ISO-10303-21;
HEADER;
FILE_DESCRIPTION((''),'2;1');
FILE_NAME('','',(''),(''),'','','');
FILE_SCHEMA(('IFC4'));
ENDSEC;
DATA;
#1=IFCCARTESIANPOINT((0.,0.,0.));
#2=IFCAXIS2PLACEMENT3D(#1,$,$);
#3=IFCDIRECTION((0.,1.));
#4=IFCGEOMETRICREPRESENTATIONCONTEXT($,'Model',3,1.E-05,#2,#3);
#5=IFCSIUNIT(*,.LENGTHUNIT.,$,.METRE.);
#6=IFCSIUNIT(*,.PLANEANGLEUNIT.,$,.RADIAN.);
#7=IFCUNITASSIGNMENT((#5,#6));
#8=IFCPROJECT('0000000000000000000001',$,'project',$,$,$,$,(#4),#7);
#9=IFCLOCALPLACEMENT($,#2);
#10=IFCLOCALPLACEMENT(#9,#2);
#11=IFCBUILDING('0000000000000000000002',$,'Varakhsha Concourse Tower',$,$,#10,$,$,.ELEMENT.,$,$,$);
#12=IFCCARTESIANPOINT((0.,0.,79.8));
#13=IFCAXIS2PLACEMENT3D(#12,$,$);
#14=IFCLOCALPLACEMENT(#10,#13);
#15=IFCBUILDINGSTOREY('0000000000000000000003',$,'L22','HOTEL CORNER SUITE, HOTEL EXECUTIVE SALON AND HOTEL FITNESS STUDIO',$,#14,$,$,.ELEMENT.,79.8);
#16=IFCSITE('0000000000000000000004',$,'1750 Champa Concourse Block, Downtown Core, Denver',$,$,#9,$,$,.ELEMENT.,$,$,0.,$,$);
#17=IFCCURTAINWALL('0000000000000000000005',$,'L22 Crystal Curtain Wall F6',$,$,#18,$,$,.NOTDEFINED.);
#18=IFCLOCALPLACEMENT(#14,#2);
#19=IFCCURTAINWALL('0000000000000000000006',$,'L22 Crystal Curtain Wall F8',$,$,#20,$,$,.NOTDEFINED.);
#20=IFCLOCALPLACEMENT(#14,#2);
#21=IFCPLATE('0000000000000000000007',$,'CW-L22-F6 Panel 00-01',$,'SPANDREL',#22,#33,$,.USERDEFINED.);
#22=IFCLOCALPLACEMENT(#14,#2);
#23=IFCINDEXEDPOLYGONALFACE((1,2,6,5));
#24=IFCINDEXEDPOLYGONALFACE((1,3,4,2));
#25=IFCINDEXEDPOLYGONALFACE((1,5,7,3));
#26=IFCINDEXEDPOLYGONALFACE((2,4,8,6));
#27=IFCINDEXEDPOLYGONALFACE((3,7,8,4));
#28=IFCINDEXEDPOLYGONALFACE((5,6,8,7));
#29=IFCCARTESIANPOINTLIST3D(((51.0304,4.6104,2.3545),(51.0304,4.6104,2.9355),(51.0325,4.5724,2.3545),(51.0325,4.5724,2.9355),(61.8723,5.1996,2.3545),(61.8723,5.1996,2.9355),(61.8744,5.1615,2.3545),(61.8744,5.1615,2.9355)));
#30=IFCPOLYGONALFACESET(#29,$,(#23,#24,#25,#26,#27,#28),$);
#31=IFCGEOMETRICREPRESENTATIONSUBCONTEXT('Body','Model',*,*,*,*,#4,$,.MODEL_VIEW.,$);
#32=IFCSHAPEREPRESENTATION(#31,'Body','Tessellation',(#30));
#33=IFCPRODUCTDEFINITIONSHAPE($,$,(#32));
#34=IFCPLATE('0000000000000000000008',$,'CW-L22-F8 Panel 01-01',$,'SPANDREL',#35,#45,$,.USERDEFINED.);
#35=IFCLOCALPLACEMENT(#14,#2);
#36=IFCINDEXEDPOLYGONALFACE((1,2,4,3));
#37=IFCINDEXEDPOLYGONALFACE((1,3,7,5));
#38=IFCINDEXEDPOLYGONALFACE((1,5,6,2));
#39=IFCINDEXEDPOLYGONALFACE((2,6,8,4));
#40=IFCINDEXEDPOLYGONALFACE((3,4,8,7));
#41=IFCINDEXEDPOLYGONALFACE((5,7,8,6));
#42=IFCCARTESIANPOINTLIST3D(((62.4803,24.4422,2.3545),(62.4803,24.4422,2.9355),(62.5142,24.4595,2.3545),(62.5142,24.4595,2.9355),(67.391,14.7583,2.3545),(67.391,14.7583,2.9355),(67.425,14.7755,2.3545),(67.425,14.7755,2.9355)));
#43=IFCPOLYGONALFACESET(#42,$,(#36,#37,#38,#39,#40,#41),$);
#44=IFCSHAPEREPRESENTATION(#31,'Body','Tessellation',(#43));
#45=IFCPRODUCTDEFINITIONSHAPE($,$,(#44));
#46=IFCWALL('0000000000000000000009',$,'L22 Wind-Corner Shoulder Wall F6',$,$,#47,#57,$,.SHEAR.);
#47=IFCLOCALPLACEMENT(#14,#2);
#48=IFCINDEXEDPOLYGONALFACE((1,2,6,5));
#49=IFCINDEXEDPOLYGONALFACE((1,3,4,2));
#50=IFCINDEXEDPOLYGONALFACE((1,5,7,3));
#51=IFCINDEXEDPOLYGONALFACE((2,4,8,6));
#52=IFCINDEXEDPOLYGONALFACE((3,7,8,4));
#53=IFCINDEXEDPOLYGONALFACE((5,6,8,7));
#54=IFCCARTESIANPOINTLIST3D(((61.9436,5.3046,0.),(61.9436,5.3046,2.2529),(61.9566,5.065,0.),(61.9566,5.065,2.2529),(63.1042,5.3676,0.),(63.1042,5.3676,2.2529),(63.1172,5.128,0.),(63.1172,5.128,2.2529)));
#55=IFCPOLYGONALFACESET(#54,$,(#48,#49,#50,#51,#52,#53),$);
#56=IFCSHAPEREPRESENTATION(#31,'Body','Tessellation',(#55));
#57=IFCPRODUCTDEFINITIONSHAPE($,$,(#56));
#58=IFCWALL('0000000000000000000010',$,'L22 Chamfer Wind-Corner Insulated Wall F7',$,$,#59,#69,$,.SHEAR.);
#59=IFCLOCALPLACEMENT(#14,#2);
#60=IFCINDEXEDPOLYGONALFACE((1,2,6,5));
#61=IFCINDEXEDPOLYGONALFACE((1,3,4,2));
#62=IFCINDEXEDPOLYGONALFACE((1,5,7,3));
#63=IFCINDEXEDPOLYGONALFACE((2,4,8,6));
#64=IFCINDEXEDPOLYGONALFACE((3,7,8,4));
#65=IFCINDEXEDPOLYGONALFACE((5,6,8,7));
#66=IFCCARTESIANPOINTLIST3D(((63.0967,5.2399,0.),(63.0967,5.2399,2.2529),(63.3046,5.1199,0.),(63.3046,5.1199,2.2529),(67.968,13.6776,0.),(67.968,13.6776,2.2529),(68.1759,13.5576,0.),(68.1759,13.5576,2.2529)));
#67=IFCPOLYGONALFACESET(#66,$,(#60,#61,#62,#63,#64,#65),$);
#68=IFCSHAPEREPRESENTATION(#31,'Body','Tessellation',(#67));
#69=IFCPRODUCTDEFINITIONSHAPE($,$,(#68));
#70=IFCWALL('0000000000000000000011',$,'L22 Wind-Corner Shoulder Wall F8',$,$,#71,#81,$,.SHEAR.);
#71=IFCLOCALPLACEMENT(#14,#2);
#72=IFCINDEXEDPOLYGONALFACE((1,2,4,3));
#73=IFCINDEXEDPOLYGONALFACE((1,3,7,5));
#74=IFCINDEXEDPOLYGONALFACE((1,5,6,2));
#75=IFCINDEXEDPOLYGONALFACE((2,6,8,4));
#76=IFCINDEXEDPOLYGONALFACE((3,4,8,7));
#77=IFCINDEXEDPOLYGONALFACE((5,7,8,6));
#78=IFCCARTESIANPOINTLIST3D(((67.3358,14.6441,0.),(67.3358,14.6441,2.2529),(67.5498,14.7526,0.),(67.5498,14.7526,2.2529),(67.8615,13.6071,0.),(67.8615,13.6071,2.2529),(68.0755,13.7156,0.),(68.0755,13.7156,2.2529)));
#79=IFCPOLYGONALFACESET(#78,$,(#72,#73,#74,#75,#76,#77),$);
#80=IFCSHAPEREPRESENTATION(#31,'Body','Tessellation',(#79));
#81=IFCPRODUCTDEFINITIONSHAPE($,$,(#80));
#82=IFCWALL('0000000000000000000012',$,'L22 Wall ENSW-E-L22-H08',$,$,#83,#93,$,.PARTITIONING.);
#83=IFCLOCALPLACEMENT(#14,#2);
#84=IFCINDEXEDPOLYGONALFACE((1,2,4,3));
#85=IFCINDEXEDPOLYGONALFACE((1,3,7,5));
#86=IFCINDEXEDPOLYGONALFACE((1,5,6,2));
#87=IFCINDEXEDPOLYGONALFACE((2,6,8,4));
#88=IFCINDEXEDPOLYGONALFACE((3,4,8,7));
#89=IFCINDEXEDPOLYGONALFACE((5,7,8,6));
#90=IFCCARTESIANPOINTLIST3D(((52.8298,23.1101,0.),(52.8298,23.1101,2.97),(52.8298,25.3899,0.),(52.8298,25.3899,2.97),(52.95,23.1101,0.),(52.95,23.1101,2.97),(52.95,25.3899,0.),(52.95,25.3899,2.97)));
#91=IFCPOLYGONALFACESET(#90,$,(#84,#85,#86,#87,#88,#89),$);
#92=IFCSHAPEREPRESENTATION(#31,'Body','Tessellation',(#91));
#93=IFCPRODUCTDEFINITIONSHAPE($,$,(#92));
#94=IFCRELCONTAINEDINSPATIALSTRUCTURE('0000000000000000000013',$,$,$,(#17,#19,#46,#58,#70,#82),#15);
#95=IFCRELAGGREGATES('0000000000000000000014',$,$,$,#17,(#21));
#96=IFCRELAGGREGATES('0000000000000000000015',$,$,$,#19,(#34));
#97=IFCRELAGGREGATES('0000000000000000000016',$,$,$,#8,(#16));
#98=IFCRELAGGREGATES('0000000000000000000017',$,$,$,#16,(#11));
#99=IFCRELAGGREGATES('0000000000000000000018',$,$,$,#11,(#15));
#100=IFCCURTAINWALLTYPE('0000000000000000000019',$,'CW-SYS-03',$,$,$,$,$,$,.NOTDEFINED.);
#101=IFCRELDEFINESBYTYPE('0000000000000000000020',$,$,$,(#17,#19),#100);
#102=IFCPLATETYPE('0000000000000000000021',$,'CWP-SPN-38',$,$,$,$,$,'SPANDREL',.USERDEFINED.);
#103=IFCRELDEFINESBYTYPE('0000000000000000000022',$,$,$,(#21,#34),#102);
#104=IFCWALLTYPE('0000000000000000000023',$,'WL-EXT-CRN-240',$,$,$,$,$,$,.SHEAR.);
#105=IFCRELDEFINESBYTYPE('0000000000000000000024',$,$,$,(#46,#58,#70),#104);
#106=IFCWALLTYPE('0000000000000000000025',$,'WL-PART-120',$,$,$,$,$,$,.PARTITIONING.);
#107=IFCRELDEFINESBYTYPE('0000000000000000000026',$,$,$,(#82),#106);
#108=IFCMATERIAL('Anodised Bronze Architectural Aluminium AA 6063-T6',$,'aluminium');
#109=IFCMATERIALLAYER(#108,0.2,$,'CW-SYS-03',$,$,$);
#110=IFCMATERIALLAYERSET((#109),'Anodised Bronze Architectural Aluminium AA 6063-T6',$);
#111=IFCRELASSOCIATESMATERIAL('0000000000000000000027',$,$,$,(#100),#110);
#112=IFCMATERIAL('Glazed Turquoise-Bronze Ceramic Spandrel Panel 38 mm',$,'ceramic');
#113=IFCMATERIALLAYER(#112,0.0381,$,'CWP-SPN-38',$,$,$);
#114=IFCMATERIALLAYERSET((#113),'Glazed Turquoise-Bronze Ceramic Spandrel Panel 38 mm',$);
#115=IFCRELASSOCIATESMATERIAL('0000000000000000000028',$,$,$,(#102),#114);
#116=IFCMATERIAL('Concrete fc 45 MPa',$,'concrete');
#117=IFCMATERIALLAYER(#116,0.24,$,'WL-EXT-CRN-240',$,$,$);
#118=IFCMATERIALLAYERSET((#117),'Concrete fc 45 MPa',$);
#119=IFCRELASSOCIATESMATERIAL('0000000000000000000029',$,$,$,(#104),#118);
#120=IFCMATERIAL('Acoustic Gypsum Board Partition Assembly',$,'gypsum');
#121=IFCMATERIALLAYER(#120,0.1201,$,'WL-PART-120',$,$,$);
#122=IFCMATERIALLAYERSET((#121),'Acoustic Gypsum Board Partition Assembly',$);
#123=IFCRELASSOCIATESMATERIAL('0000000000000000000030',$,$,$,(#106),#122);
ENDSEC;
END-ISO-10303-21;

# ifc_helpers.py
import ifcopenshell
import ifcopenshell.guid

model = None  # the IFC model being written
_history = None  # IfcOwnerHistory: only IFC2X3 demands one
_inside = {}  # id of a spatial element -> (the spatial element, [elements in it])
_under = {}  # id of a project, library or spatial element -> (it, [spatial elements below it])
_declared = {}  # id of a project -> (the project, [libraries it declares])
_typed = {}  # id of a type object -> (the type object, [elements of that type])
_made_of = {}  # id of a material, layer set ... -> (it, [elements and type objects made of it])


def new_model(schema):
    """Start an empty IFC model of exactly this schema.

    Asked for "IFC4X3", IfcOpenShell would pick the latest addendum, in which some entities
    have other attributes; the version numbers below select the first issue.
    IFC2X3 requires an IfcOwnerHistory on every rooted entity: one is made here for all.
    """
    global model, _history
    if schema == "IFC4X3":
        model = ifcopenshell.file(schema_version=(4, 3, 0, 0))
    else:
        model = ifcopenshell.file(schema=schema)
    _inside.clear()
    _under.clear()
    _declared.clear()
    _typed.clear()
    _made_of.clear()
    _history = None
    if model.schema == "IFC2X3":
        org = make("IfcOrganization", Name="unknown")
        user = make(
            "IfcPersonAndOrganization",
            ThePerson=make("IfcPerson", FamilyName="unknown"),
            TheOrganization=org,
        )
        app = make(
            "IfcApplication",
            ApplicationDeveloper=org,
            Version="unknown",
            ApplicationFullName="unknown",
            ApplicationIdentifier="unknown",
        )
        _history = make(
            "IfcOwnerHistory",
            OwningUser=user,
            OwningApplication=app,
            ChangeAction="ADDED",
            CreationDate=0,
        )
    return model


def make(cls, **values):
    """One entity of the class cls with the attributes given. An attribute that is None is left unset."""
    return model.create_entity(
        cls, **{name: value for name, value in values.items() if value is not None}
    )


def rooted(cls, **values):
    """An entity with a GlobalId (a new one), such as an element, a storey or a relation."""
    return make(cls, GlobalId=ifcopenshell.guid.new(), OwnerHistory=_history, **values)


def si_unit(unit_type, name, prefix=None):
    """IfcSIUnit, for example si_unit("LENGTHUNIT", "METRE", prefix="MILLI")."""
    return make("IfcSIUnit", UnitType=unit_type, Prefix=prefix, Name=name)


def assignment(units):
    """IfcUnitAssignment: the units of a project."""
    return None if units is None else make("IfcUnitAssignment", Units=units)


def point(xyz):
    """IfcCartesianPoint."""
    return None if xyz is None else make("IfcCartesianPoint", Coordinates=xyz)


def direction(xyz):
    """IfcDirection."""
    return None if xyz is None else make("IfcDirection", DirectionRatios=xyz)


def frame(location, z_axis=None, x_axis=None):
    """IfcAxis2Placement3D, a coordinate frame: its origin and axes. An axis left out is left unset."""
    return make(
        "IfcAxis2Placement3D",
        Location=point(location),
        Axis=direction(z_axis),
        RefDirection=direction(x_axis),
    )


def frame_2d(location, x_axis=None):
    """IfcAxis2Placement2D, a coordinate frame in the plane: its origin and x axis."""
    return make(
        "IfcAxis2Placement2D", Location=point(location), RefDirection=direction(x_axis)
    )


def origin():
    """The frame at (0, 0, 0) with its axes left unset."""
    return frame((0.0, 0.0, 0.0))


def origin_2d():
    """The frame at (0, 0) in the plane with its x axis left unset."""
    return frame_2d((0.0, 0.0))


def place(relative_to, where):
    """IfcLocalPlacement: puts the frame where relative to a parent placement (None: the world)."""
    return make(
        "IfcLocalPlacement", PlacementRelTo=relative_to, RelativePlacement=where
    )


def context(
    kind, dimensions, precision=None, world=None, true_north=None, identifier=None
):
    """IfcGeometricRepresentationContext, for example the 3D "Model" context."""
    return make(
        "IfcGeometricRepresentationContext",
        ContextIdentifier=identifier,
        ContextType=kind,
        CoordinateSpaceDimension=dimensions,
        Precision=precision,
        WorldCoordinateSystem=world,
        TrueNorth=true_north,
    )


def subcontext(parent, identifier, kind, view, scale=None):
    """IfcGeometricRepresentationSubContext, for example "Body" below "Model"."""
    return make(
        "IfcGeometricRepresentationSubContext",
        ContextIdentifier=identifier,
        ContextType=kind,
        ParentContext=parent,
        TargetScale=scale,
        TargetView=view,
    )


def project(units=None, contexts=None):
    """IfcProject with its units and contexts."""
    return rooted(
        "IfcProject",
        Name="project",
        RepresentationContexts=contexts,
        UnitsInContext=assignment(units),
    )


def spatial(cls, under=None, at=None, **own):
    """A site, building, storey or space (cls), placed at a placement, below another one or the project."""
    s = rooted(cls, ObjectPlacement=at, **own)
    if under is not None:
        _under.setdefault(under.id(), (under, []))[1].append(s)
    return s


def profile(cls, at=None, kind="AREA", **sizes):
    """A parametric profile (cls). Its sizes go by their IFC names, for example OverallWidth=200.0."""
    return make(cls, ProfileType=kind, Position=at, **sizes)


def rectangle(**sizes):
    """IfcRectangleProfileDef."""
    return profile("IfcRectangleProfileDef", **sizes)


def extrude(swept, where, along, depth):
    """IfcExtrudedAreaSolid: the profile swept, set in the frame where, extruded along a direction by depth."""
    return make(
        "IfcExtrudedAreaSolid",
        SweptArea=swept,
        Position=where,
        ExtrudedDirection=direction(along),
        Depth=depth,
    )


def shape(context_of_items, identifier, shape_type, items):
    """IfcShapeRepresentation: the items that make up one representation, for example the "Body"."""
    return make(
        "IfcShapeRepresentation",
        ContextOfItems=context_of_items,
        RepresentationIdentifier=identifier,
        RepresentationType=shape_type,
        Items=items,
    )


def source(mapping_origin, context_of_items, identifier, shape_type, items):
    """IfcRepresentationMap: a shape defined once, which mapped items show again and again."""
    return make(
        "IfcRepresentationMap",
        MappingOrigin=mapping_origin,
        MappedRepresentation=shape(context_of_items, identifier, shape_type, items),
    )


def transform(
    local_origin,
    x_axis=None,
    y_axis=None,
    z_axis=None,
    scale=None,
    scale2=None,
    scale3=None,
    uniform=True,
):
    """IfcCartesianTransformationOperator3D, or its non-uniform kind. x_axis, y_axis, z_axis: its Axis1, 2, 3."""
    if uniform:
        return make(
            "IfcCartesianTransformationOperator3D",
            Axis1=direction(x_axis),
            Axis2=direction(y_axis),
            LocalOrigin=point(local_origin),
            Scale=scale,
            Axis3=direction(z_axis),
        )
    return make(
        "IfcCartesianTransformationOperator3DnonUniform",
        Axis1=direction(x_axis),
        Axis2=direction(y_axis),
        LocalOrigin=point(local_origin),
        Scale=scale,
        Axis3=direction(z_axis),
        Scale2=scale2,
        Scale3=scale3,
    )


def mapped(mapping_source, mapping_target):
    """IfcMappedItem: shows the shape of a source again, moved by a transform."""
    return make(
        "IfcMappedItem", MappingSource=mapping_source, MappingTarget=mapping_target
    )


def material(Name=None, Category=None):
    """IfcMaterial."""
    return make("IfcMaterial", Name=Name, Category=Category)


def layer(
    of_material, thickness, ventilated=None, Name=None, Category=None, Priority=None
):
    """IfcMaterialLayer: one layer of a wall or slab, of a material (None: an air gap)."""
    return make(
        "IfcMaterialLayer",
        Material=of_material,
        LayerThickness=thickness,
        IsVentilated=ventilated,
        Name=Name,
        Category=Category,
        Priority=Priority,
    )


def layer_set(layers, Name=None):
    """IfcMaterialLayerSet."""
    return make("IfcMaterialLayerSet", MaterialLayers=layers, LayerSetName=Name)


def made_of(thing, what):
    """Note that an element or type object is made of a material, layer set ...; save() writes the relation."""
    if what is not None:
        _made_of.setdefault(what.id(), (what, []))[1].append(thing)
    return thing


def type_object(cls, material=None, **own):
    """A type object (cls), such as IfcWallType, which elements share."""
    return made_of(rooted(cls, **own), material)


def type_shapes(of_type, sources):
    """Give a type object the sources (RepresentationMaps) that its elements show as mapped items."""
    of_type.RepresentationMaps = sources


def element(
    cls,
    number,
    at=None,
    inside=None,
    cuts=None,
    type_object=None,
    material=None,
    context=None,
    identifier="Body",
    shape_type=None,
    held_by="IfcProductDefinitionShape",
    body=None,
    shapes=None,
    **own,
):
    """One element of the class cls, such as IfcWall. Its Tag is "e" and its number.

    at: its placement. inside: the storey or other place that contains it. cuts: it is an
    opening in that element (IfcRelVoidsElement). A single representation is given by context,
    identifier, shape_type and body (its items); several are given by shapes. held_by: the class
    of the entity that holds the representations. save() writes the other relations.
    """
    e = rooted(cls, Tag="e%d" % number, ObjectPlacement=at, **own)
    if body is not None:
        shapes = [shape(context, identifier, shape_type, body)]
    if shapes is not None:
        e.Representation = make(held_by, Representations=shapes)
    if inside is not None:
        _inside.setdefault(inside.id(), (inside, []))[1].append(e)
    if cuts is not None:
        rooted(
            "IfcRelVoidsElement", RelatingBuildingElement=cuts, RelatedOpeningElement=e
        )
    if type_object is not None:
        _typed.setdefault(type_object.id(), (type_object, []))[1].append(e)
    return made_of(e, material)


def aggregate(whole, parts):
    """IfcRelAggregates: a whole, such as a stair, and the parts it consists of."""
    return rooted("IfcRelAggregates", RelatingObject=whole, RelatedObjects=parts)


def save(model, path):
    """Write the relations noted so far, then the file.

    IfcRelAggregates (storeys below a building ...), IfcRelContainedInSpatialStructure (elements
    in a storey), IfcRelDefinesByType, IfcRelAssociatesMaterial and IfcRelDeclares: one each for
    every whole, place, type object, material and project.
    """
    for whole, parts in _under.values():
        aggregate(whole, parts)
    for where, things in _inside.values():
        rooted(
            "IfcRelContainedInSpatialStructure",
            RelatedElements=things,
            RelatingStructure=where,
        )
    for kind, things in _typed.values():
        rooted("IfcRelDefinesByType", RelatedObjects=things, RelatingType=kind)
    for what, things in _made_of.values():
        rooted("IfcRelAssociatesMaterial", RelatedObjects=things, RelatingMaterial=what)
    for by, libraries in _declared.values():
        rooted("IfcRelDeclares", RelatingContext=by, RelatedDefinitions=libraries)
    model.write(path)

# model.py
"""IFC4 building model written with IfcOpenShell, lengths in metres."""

from ifc_helpers import new_model, si_unit, direction, frame, frame_2d, origin, origin_2d, place, context, subcontext, project, spatial, rectangle, extrude, source, transform, mapped, material, layer, layer_set, type_object, type_shapes, element, aggregate, save


model = new_model("IFC4")

# Units and contexts
model_context = context("Model", 3, precision=1e-05, world=origin(), true_north=direction((0.0, 1.0)))
body_context = subcontext(model_context, "Body", "Model", "MODEL_VIEW")
ifc_project = project(units=[si_unit("LENGTHUNIT", "METRE"), si_unit("PLANEANGLEUNIT", "RADIAN")], contexts=[model_context])

# Site, building, storey
site_placement = place(None, origin())
site = spatial("IfcSite", under=ifc_project, at=site_placement, Name="1750 Champa Concourse Block, Downtown Core, Denver", CompositionType="ELEMENT", RefElevation=0.0)
building_placement = place(site_placement, origin())
building = spatial("IfcBuilding", under=site, at=building_placement, Name="Varakhsha Concourse Tower", CompositionType="ELEMENT")
storey_placement = place(building_placement, frame((0.0, 0.0, 79.8)))
storey = spatial("IfcBuildingStorey", under=building, at=storey_placement, Name="L22", Description="HOTEL CORNER SUITE, HOTEL EXECUTIVE SALON AND HOTEL FITNESS STUDIO", CompositionType="ELEMENT", Elevation=79.8)

# Curtain walls
ifc_material_1 = material(Name="Anodised Bronze Architectural Aluminium AA 6063-T6", Category="aluminium")
ifc_layer_1 = layer(ifc_material_1, 0.2, Name="CW-SYS-03")
ifc_layer_set_1 = layer_set([ifc_layer_1], Name="Anodised Bronze Architectural Aluminium AA 6063-T6")
curtain_wall_type = type_object("IfcCurtainWallType", Name="CW-SYS-03", PredefinedType="NOTDEFINED", material=ifc_layer_set_1)
curtain_wall_1_placement = place(storey_placement, origin())
curtain_wall_1 = element("IfcCurtainWall", 1, at=curtain_wall_1_placement, inside=storey, type_object=curtain_wall_type, Name="L22 Crystal Curtain Wall F6", PredefinedType="NOTDEFINED")
curtain_wall_2_placement = place(storey_placement, origin())
curtain_wall_2 = element("IfcCurtainWall", 2, at=curtain_wall_2_placement, inside=storey, type_object=curtain_wall_type, Name="L22 Crystal Curtain Wall F8", PredefinedType="NOTDEFINED")

# Plates
ifc_material_2 = material(Name="Glazed Turquoise-Bronze Ceramic Spandrel Panel 38 mm", Category="ceramic")
ifc_layer_2 = layer(ifc_material_2, 0.0381, Name="CWP-SPN-38")
ifc_layer_set_2 = layer_set([ifc_layer_2], Name="Glazed Turquoise-Bronze Ceramic Spandrel Panel 38 mm")
plate_type_1 = type_object("IfcPlateType", Name="CWP-SPN-38", ElementType="SPANDREL", PredefinedType="USERDEFINED", material=ifc_layer_set_2)
shared_shape_1 = source(origin(), body_context, "Body", "SweptSolid", [
    extrude(rectangle(XDim=10.8579, YDim=0.0381, at=origin_2d()), origin(), (0.0, 0.0, 1.0), 0.5811),
])
type_shapes(plate_type_1, [shared_shape_1])
plate_1_placement = place(storey_placement, frame((56.4524, 4.886, 2.3545), z_axis=(0.0, 0.0, 1.0), x_axis=(-0.998527, -0.054257, 0.0)))
plate_1 = element("IfcPlate", 3, at=plate_1_placement, type_object=plate_type_1, Name="CW-L22-F6 Panel 00-01", ObjectType="SPANDREL", PredefinedType="USERDEFINED", context=body_context, shape_type="MappedRepresentation", body=[
    mapped(shared_shape_1, transform((0.0, 0.0, 0.0), scale=1.0)),
])
aggregate(curtain_wall_1, [plate_1])
plate_2_placement = place(storey_placement, frame((64.9526, 19.6089, 2.3545), z_axis=(0.0, 0.0, 1.0), x_axis=(0.452274, -0.891879, 0.0)))
plate_2 = element("IfcPlate", 4, at=plate_2_placement, type_object=plate_type_1, Name="CW-L22-F8 Panel 01-01", ObjectType="SPANDREL", PredefinedType="USERDEFINED", context=body_context, shape_type="MappedRepresentation", body=[
    mapped(shared_shape_1, transform((0.0, 0.0, 0.0), scale=1.0)),
])
aggregate(curtain_wall_2, [plate_2])

# Walls
ifc_material_3 = material(Name="Concrete fc 45 MPa", Category="concrete")
ifc_layer_3 = layer(ifc_material_3, 0.24, Name="WL-EXT-CRN-240")
ifc_layer_set_3 = layer_set([ifc_layer_3], Name="Concrete fc 45 MPa")
wall_type_1 = type_object("IfcWallType", Name="WL-EXT-CRN-240", PredefinedType="SHEAR", material=ifc_layer_set_3)
wall_1_placement = place(storey_placement, frame((61.9502, 5.1848, 0.0), z_axis=(0.0, 0.0, 1.0), x_axis=(0.998531, 0.05419, 0.0)))
element("IfcWall", 5, at=wall_1_placement, inside=storey, type_object=wall_type_1, Name="L22 Wind-Corner Shoulder Wall F6", PredefinedType="SHEAR", context=body_context, shape_type="SweptSolid", body=[
    extrude(rectangle(XDim=1.1624, YDim=0.24, at=frame_2d((0.5811, 0.0))), origin(), (0.0, 0.0, 1.0), 2.2529),
])
wall_2_placement = place(storey_placement, frame((68.072, 13.6177, 0.0), z_axis=(0.0, 0.0, 1.0), x_axis=(-0.499985, -0.866034, 0.0)))
element("IfcWall", 6, at=wall_2_placement, inside=storey, type_object=wall_type_1, Name="L22 Chamfer Wind-Corner Insulated Wall F7", PredefinedType="SHEAR", context=body_context, shape_type="SweptSolid", body=[
    extrude(rectangle(XDim=9.7429, YDim=0.24, at=frame_2d((4.8716, 0.0))), origin(), (0.0, 0.0, 1.0), 2.2529),
])
wall_3_placement = place(storey_placement, frame((67.9685, 13.6614, 0.0), z_axis=(0.0, 0.0, 1.0), x_axis=(-0.452163, 0.891935, 0.0)))
element("IfcWall", 7, at=wall_3_placement, inside=storey, type_object=wall_type_1, Name="L22 Wind-Corner Shoulder Wall F8", PredefinedType="SHEAR", context=body_context, shape_type="SweptSolid", body=[
    extrude(rectangle(XDim=1.1626, YDim=0.24, at=frame_2d((0.5813, 0.0))), origin(), (0.0, 0.0, 1.0), 2.2529),
])
ifc_material_4 = material(Name="Acoustic Gypsum Board Partition Assembly", Category="gypsum")
ifc_layer_4 = layer(ifc_material_4, 0.1201, Name="WL-PART-120")
ifc_layer_set_4 = layer_set([ifc_layer_4], Name="Acoustic Gypsum Board Partition Assembly")
wall_type_2 = type_object("IfcWallType", Name="WL-PART-120", PredefinedType="PARTITIONING", material=ifc_layer_set_4)
wall_4_placement = place(storey_placement, frame((52.8899, 23.1101, 0.0), z_axis=(0.0, 0.0, 1.0), x_axis=(0.0, 1.0, 0.0)))
element("IfcWall", 8, at=wall_4_placement, inside=storey, type_object=wall_type_2, Name="L22 Wall ENSW-E-L22-H08", PredefinedType="PARTITIONING", context=body_context, shape_type="SweptSolid", body=[
    extrude(rectangle(XDim=2.2798, YDim=0.1201, at=frame_2d((1.1399, 0.0))), origin(), (0.0, 0.0, 1.0), 2.97),
])

save(model, "model.ifc")
